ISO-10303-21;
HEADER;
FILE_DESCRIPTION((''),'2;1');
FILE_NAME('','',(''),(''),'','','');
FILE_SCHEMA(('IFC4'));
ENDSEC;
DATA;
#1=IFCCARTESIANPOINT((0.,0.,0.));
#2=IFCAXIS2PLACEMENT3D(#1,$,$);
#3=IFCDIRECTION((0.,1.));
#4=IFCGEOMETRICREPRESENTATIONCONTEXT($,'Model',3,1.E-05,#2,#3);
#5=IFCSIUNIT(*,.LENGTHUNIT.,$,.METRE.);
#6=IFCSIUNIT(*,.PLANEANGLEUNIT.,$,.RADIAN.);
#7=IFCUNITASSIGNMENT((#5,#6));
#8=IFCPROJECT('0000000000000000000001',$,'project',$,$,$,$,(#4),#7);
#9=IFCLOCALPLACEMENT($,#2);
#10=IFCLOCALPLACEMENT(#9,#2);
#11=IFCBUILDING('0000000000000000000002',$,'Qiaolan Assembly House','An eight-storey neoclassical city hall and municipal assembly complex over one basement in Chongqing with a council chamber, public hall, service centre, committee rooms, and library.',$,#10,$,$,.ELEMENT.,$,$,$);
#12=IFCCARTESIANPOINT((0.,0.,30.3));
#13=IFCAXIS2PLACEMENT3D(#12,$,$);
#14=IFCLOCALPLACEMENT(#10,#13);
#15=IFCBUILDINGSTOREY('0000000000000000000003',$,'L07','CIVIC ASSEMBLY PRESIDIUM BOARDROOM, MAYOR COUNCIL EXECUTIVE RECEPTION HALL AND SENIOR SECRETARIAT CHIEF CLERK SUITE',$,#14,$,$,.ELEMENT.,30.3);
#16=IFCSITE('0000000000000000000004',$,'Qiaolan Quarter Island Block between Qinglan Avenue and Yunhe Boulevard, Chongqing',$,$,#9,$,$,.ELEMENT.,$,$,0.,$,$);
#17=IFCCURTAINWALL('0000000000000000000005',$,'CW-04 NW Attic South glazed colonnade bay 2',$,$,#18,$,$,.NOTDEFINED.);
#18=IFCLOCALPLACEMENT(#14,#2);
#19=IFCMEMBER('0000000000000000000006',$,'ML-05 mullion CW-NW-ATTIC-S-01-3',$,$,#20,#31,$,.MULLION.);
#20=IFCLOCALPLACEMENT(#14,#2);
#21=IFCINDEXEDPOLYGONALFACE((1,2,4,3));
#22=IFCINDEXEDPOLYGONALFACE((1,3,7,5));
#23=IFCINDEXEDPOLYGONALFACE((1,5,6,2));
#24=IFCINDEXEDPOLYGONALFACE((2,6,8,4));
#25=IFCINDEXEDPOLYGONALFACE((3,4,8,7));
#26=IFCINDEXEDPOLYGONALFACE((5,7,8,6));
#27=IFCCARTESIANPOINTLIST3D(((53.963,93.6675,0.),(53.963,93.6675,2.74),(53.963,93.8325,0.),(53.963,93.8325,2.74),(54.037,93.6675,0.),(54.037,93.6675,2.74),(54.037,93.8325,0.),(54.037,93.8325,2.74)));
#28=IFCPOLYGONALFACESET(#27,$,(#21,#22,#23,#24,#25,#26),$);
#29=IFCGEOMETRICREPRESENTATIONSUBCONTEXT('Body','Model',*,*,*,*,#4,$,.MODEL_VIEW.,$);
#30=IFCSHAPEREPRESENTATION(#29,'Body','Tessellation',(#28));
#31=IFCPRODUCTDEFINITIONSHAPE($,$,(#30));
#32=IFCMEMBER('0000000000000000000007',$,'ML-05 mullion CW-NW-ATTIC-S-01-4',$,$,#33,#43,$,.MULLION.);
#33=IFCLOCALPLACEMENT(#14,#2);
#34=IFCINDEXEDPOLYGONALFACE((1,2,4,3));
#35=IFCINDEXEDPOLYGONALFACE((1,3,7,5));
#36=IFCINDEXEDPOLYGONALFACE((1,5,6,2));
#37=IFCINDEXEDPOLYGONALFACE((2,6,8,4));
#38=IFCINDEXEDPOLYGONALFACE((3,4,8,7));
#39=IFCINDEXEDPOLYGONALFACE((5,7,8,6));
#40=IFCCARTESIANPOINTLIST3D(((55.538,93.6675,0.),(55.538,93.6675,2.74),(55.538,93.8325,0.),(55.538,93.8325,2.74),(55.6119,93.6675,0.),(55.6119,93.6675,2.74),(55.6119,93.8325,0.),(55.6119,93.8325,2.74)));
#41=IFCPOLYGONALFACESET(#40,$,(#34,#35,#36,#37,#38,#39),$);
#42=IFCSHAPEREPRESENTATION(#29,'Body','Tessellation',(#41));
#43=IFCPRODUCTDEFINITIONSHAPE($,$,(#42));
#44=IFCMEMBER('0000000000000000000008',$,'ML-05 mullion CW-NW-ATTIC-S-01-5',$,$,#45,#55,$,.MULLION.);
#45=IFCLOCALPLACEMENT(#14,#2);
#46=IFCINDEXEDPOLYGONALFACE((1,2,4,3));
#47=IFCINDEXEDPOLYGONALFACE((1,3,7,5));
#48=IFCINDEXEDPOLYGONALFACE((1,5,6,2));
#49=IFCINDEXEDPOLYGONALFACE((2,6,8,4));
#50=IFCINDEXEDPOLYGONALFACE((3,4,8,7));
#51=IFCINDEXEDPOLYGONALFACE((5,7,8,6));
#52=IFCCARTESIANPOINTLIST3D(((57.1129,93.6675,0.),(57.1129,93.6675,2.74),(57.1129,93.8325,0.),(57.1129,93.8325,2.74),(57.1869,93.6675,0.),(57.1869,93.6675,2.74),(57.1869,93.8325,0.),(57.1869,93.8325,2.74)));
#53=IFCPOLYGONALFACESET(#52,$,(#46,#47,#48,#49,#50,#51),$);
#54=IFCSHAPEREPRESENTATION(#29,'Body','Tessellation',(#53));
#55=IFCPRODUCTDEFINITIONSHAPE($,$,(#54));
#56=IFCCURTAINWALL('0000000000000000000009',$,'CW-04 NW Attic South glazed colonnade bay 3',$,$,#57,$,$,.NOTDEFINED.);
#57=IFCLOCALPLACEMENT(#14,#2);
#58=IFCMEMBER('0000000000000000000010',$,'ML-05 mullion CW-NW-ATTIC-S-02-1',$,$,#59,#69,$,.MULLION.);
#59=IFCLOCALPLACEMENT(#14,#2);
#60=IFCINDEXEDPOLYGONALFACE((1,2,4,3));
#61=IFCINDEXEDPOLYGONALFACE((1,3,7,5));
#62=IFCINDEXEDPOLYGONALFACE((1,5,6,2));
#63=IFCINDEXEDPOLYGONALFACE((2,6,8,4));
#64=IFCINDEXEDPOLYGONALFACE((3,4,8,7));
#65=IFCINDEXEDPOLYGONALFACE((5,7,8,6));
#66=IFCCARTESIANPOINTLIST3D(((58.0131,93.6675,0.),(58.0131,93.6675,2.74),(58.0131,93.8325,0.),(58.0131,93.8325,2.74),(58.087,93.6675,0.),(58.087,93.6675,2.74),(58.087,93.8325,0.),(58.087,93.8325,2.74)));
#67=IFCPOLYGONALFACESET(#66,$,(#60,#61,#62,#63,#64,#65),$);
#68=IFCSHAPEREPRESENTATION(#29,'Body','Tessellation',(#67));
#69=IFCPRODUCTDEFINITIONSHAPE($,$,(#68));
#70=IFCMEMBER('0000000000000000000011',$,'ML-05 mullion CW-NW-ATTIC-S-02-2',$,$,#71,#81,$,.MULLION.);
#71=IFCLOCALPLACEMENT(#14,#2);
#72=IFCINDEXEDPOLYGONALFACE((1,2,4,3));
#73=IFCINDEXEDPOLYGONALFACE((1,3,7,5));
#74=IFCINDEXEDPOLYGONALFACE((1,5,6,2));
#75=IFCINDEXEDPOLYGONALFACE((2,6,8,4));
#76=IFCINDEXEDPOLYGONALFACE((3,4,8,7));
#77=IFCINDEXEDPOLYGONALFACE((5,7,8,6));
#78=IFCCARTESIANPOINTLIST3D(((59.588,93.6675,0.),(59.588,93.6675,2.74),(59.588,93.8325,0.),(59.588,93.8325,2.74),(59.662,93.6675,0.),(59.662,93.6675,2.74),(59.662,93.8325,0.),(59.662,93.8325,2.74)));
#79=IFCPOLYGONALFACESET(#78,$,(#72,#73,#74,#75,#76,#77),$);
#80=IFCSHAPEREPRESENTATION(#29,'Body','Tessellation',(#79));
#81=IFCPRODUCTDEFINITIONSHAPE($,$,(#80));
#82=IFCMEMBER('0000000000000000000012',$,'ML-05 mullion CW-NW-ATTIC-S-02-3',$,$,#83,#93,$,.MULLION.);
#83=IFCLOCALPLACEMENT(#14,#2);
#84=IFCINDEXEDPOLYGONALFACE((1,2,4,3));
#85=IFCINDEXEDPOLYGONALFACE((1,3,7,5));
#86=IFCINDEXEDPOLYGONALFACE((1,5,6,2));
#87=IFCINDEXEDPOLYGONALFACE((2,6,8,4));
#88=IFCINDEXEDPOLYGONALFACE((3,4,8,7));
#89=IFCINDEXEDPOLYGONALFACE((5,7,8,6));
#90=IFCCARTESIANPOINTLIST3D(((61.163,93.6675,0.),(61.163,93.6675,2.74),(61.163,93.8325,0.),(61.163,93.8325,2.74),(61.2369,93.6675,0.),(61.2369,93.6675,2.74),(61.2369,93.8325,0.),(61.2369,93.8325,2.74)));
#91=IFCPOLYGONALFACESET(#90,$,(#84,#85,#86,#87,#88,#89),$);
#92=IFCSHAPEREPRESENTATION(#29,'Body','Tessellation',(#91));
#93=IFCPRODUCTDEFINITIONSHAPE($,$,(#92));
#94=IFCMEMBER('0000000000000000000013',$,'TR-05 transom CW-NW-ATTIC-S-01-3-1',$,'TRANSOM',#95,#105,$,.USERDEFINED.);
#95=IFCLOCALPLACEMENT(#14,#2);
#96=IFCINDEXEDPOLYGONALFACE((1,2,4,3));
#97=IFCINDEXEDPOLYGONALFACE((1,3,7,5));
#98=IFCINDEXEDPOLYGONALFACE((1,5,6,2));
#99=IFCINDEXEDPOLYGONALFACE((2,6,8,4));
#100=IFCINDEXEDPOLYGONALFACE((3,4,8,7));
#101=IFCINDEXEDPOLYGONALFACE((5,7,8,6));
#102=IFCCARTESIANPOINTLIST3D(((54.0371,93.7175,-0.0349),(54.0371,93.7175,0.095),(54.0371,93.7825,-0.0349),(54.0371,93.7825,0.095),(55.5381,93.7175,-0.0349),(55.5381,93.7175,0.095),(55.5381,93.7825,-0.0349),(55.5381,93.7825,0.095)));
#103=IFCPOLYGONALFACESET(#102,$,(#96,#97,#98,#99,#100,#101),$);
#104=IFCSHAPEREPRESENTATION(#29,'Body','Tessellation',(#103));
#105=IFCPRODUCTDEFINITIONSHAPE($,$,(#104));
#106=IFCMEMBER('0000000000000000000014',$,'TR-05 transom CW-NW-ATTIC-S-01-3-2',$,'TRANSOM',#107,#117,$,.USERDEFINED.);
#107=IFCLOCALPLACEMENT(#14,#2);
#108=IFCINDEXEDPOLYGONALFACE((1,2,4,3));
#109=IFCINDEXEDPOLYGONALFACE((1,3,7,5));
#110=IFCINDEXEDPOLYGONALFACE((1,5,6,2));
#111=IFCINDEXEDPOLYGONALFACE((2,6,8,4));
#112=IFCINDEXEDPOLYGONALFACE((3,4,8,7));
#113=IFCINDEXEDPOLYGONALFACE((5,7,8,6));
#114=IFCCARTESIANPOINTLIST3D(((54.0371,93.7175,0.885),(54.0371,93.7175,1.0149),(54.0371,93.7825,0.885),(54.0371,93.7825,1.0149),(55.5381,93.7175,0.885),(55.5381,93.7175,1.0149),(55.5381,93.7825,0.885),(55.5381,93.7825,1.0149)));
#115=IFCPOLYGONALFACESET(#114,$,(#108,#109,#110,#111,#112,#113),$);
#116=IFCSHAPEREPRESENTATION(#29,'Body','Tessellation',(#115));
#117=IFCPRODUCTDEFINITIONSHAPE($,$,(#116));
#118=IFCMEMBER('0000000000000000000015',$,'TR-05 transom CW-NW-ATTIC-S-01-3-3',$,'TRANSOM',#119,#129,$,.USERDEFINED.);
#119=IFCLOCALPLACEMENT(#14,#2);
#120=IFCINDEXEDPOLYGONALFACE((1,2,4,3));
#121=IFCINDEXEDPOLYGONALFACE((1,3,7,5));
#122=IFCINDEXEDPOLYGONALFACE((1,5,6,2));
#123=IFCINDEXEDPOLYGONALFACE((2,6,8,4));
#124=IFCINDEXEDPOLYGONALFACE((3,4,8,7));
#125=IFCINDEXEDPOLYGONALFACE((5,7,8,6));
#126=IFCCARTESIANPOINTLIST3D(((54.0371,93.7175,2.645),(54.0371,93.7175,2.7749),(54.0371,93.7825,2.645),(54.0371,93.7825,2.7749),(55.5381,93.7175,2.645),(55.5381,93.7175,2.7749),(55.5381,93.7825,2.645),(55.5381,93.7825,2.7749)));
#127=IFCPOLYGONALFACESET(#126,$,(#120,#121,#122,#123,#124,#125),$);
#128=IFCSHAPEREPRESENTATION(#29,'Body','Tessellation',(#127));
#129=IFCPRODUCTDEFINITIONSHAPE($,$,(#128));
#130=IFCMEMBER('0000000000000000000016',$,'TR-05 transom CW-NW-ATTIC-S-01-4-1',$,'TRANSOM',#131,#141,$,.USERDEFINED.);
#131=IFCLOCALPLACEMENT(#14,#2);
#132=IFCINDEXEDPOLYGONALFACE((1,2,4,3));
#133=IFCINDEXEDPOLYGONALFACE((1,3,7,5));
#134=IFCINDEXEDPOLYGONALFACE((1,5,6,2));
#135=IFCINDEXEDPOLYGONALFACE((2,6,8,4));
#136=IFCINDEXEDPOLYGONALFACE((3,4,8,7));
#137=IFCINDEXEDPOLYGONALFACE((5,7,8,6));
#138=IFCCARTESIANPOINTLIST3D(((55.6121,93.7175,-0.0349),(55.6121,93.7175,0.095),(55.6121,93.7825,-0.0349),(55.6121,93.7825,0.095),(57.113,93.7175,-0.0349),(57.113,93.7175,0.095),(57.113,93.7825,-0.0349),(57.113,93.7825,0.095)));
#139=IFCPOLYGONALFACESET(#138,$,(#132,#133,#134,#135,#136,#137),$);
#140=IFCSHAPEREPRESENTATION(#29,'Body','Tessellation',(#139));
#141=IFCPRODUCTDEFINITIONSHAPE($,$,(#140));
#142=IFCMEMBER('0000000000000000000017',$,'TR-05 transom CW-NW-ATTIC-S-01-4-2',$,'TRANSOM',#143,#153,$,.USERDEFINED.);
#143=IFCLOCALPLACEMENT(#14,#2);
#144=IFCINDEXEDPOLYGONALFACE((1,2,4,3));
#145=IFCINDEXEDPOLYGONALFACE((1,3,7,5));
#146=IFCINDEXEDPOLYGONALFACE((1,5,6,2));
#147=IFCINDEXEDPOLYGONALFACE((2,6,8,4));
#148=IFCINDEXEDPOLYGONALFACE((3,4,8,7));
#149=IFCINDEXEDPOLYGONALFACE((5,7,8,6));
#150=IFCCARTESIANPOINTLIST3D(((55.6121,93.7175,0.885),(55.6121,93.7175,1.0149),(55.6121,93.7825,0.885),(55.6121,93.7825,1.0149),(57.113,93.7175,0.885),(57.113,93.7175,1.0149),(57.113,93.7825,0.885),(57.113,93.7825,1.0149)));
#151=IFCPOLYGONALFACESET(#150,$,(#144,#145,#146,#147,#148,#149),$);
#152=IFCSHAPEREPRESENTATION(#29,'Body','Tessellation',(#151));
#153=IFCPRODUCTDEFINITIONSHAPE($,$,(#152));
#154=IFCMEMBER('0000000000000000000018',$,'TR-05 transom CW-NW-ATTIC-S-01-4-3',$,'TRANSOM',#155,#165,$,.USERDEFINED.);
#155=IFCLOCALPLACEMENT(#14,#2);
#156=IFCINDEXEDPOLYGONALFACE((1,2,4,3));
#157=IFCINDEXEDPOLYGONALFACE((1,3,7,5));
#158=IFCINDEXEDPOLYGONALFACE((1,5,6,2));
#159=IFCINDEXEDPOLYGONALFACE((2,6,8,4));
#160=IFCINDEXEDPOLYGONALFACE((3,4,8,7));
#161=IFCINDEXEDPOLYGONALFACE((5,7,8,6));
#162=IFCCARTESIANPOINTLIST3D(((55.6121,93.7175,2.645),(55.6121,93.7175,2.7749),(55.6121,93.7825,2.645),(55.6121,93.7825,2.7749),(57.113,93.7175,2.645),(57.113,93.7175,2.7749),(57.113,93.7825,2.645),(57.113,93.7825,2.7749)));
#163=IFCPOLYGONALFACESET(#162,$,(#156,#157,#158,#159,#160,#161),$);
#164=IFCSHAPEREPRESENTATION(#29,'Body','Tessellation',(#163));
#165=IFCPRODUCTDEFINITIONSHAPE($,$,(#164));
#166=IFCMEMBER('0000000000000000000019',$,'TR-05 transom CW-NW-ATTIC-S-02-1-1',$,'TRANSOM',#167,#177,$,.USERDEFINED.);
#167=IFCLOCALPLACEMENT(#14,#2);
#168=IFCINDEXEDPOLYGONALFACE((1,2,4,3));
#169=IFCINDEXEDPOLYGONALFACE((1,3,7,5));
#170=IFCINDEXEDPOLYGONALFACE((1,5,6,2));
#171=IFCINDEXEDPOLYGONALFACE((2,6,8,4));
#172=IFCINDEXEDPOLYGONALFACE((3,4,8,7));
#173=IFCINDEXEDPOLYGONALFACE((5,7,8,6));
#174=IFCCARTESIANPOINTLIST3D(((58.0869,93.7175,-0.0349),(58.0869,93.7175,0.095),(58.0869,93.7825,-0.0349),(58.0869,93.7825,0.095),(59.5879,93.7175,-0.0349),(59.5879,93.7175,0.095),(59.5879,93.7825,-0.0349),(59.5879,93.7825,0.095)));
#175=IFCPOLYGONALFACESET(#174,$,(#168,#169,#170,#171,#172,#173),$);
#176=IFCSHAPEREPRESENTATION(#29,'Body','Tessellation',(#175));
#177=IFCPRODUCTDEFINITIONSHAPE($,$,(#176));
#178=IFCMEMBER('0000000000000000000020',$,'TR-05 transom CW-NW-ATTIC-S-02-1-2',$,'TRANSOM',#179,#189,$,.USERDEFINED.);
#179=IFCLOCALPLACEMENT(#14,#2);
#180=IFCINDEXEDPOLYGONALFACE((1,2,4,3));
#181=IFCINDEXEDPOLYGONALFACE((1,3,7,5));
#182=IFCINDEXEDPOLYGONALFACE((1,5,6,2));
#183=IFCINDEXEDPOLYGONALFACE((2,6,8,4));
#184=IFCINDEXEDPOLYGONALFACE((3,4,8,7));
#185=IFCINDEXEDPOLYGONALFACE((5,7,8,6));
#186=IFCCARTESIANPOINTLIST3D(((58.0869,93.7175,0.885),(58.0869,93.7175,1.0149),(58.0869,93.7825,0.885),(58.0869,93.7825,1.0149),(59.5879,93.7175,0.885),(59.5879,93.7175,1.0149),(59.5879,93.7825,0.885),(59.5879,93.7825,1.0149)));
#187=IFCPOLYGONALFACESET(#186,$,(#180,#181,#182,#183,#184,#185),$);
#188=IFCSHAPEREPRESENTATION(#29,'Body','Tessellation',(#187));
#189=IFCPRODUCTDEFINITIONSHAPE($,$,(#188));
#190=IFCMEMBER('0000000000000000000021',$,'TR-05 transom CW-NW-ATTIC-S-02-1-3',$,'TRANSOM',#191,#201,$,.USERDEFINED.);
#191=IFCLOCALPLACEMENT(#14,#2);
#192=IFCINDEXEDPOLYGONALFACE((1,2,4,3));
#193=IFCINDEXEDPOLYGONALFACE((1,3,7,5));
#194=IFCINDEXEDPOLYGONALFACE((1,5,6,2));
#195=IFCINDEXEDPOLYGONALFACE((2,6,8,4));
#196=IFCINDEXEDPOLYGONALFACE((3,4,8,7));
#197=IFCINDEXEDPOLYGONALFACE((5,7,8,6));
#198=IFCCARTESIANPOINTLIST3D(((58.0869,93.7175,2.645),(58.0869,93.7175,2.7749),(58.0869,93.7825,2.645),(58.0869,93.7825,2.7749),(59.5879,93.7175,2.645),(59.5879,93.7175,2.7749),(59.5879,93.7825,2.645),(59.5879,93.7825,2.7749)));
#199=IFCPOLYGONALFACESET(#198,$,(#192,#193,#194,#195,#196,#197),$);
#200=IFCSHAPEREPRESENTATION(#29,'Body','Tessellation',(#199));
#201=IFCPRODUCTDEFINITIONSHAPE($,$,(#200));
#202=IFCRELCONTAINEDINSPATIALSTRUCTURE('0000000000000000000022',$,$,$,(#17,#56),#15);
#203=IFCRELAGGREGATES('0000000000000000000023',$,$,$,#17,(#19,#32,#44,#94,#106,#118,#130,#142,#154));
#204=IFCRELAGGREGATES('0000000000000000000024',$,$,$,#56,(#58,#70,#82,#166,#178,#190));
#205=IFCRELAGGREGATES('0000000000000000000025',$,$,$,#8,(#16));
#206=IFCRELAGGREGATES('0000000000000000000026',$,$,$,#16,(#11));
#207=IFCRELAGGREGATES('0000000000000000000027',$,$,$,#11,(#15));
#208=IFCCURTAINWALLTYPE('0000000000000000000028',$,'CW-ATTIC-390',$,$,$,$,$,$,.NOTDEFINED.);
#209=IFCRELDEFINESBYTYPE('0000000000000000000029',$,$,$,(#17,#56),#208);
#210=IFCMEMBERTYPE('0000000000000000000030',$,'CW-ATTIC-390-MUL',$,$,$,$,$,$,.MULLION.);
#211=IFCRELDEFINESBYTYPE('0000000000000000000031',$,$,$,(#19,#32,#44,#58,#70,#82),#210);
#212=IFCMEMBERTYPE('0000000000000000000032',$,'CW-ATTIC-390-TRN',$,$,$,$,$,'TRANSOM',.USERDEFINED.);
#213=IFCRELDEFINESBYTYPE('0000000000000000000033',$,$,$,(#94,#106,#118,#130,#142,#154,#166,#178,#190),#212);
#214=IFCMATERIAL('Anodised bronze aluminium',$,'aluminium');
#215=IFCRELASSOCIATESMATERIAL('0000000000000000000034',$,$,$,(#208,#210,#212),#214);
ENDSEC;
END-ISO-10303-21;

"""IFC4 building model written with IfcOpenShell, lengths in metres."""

from ifc_helpers import new_model, si_unit, direction, frame, origin, origin_2d, place, context, subcontext, project, spatial, rectangle, extrude, material, material_profile, profile_set, type_object, element, aggregate, save


model = new_model("IFC4")

# Units and contexts
model_context = context("Model", 3, precision=1e-05, world=origin(), true_north=direction((0.0, 1.0)))
body_context = subcontext(model_context, "Body", "Model", "MODEL_VIEW")
ifc_project = project(units=[si_unit("LENGTHUNIT", "METRE"), si_unit("PLANEANGLEUNIT", "RADIAN")], contexts=[model_context])

# Site, building, storey
site_placement = place(None, origin())
site = spatial("IfcSite", under=ifc_project, at=site_placement, Name="Qiaolan Quarter Island Block between Qinglan Avenue and Yunhe Boulevard, Chongqing", CompositionType="ELEMENT", RefElevation=0.0)
building_placement = place(site_placement, origin())
building = spatial("IfcBuilding", under=site, at=building_placement, Name="Qiaolan Assembly House", Description="An eight-storey neoclassical city hall and municipal assembly complex over one basement in Chongqing with a council chamber, public hall, service centre, committee rooms, and library.", CompositionType="ELEMENT")
storey_placement = place(building_placement, frame((0.0, 0.0, 30.3)))
storey = spatial("IfcBuildingStorey", under=building, at=storey_placement, Name="L07", Description="CIVIC ASSEMBLY PRESIDIUM BOARDROOM, MAYOR COUNCIL EXECUTIVE RECEPTION HALL AND SENIOR SECRETARIAT CHIEF CLERK SUITE", CompositionType="ELEMENT", Elevation=30.3)

# Curtain walls, members
ifc_material_1 = material(Name="Anodised bronze aluminium", Category="aluminium")
curtain_wall_type = type_object("IfcCurtainWallType", Name="CW-ATTIC-390", PredefinedType="NOTDEFINED", material=ifc_material_1)
curtain_wall_1_placement = place(storey_placement, origin())
curtain_wall_1 = element("IfcCurtainWall", 1, at=curtain_wall_1_placement, inside=storey, type_object=curtain_wall_type, Name="CW-04 NW Attic South glazed colonnade bay 2", PredefinedType="NOTDEFINED")
ifc_material_profile_1 = material_profile(ifc_material_1, rectangle(XDim=0.074, YDim=0.165, at=origin_2d()), Name="MUL 74x165")
ifc_profile_set_1 = profile_set([ifc_material_profile_1], Name="Anodised bronze aluminium")
member_type_1 = type_object("IfcMemberType", Name="CW-ATTIC-390-MUL", PredefinedType="MULLION", material=ifc_profile_set_1)
member_1_placement = place(storey_placement, frame((54.0, 93.75, 0.0), z_axis=(0.0, 0.0, 1.0), x_axis=(1.0, 0.0, 0.0)))
member_1 = element("IfcMember", 2, at=member_1_placement, type_object=member_type_1, Name="ML-05 mullion CW-NW-ATTIC-S-01-3", PredefinedType="MULLION", context=body_context, shape_type="SweptSolid", body=[
    extrude(rectangle(XDim=0.074, YDim=0.165, at=origin_2d()), origin(), (0.0, 0.0, 1.0), 2.74),
])
member_2_placement = place(storey_placement, frame((55.575, 93.75, 0.0), z_axis=(0.0, 0.0, 1.0), x_axis=(1.0, 0.0, 0.0)))
member_2 = element("IfcMember", 3, at=member_2_placement, type_object=member_type_1, Name="ML-05 mullion CW-NW-ATTIC-S-01-4", PredefinedType="MULLION", context=body_context, shape_type="SweptSolid", body=[
    extrude(rectangle(XDim=0.074, YDim=0.165, at=origin_2d()), origin(), (0.0, 0.0, 1.0), 2.74),
])
member_3_placement = place(storey_placement, frame((57.1499, 93.75, 0.0), z_axis=(0.0, 0.0, 1.0), x_axis=(1.0, 0.0, 0.0)))
member_3 = element("IfcMember", 4, at=member_3_placement, type_object=member_type_1, Name="ML-05 mullion CW-NW-ATTIC-S-01-5", PredefinedType="MULLION", context=body_context, shape_type="SweptSolid", body=[
    extrude(rectangle(XDim=0.074, YDim=0.165, at=origin_2d()), origin(), (0.0, 0.0, 1.0), 2.74),
])
curtain_wall_2_placement = place(storey_placement, origin())
curtain_wall_2 = element("IfcCurtainWall", 5, at=curtain_wall_2_placement, inside=storey, type_object=curtain_wall_type, Name="CW-04 NW Attic South glazed colonnade bay 3", PredefinedType="NOTDEFINED")
member_4_placement = place(storey_placement, frame((58.05, 93.75, 0.0), z_axis=(0.0, 0.0, 1.0), x_axis=(1.0, 0.0, 0.0)))
member_4 = element("IfcMember", 6, at=member_4_placement, type_object=member_type_1, Name="ML-05 mullion CW-NW-ATTIC-S-02-1", PredefinedType="MULLION", context=body_context, shape_type="SweptSolid", body=[
    extrude(rectangle(XDim=0.074, YDim=0.165, at=origin_2d()), origin(), (0.0, 0.0, 1.0), 2.74),
])
member_5_placement = place(storey_placement, frame((59.625, 93.75, 0.0), z_axis=(0.0, 0.0, 1.0), x_axis=(1.0, 0.0, 0.0)))
member_5 = element("IfcMember", 7, at=member_5_placement, type_object=member_type_1, Name="ML-05 mullion CW-NW-ATTIC-S-02-2", PredefinedType="MULLION", context=body_context, shape_type="SweptSolid", body=[
    extrude(rectangle(XDim=0.074, YDim=0.165, at=origin_2d()), origin(), (0.0, 0.0, 1.0), 2.74),
])
member_6_placement = place(storey_placement, frame((61.2, 93.75, 0.0), z_axis=(0.0, 0.0, 1.0), x_axis=(1.0, 0.0, 0.0)))
member_6 = element("IfcMember", 8, at=member_6_placement, type_object=member_type_1, Name="ML-05 mullion CW-NW-ATTIC-S-02-3", PredefinedType="MULLION", context=body_context, shape_type="SweptSolid", body=[
    extrude(rectangle(XDim=0.074, YDim=0.165, at=origin_2d()), origin(), (0.0, 0.0, 1.0), 2.74),
])

# Members
ifc_material_profile_2 = material_profile(ifc_material_1, rectangle(XDim=0.0649, YDim=0.1299, at=origin_2d()), Name="TRN 65x130")
ifc_profile_set_2 = profile_set([ifc_material_profile_2], Name="Anodised bronze aluminium")
member_type_2 = type_object("IfcMemberType", Name="CW-ATTIC-390-TRN", ElementType="TRANSOM", PredefinedType="USERDEFINED", material=ifc_profile_set_2)
member_7_placement = place(storey_placement, frame((54.0371, 93.75, 0.03), z_axis=(1.0, 0.0, 0.0), x_axis=(0.0, 1.0, 0.0)))
member_7 = element("IfcMember", 9, at=member_7_placement, type_object=member_type_2, Name="TR-05 transom CW-NW-ATTIC-S-01-3-1", ObjectType="TRANSOM", PredefinedType="USERDEFINED", context=body_context, shape_type="SweptSolid", body=[
    extrude(rectangle(XDim=0.0649, YDim=0.1299, at=origin_2d()), origin(), (0.0, 0.0, 1.0), 1.501),
])
member_8_placement = place(storey_placement, frame((54.0371, 93.75, 0.95), z_axis=(1.0, 0.0, 0.0), x_axis=(0.0, 1.0, 0.0)))
member_8 = element("IfcMember", 10, at=member_8_placement, type_object=member_type_2, Name="TR-05 transom CW-NW-ATTIC-S-01-3-2", ObjectType="TRANSOM", PredefinedType="USERDEFINED", context=body_context, shape_type="SweptSolid", body=[
    extrude(rectangle(XDim=0.0649, YDim=0.1299, at=origin_2d()), origin(), (0.0, 0.0, 1.0), 1.501),
])
member_9_placement = place(storey_placement, frame((54.0371, 93.75, 2.71), z_axis=(1.0, 0.0, 0.0), x_axis=(0.0, 1.0, 0.0)))
member_9 = element("IfcMember", 11, at=member_9_placement, type_object=member_type_2, Name="TR-05 transom CW-NW-ATTIC-S-01-3-3", ObjectType="TRANSOM", PredefinedType="USERDEFINED", context=body_context, shape_type="SweptSolid", body=[
    extrude(rectangle(XDim=0.0649, YDim=0.1299, at=origin_2d()), origin(), (0.0, 0.0, 1.0), 1.501),
])
member_10_placement = place(storey_placement, frame((55.6121, 93.75, 0.03), z_axis=(1.0, 0.0, 0.0), x_axis=(0.0, 1.0, 0.0)))
member_10 = element("IfcMember", 12, at=member_10_placement, type_object=member_type_2, Name="TR-05 transom CW-NW-ATTIC-S-01-4-1", ObjectType="TRANSOM", PredefinedType="USERDEFINED", context=body_context, shape_type="SweptSolid", body=[
    extrude(rectangle(XDim=0.0649, YDim=0.1299, at=origin_2d()), origin(), (0.0, 0.0, 1.0), 1.501),
])
member_11_placement = place(storey_placement, frame((55.6121, 93.75, 0.95), z_axis=(1.0, 0.0, 0.0), x_axis=(0.0, 1.0, 0.0)))
member_11 = element("IfcMember", 13, at=member_11_placement, type_object=member_type_2, Name="TR-05 transom CW-NW-ATTIC-S-01-4-2", ObjectType="TRANSOM", PredefinedType="USERDEFINED", context=body_context, shape_type="SweptSolid", body=[
    extrude(rectangle(XDim=0.0649, YDim=0.1299, at=origin_2d()), origin(), (0.0, 0.0, 1.0), 1.501),
])
member_12_placement = place(storey_placement, frame((55.6121, 93.75, 2.71), z_axis=(1.0, 0.0, 0.0), x_axis=(0.0, 1.0, 0.0)))
member_12 = element("IfcMember", 14, at=member_12_placement, type_object=member_type_2, Name="TR-05 transom CW-NW-ATTIC-S-01-4-3", ObjectType="TRANSOM", PredefinedType="USERDEFINED", context=body_context, shape_type="SweptSolid", body=[
    extrude(rectangle(XDim=0.0649, YDim=0.1299, at=origin_2d()), origin(), (0.0, 0.0, 1.0), 1.501),
])
member_13_placement = place(storey_placement, frame((58.0869, 93.75, 0.03), z_axis=(1.0, 0.0, 0.0), x_axis=(0.0, 1.0, 0.0)))
member_13 = element("IfcMember", 15, at=member_13_placement, type_object=member_type_2, Name="TR-05 transom CW-NW-ATTIC-S-02-1-1", ObjectType="TRANSOM", PredefinedType="USERDEFINED", context=body_context, shape_type="SweptSolid", body=[
    extrude(rectangle(XDim=0.0649, YDim=0.1299, at=origin_2d()), origin(), (0.0, 0.0, 1.0), 1.501),
])
member_14_placement = place(storey_placement, frame((58.0869, 93.75, 0.95), z_axis=(1.0, 0.0, 0.0), x_axis=(0.0, 1.0, 0.0)))
member_14 = element("IfcMember", 16, at=member_14_placement, type_object=member_type_2, Name="TR-05 transom CW-NW-ATTIC-S-02-1-2", ObjectType="TRANSOM", PredefinedType="USERDEFINED", context=body_context, shape_type="SweptSolid", body=[
    extrude(rectangle(XDim=0.0649, YDim=0.1299, at=origin_2d()), origin(), (0.0, 0.0, 1.0), 1.501),
])
member_15_placement = place(storey_placement, frame((58.0869, 93.75, 2.71), z_axis=(1.0, 0.0, 0.0), x_axis=(0.0, 1.0, 0.0)))
member_15 = element("IfcMember", 17, at=member_15_placement, type_object=member_type_2, Name="TR-05 transom CW-NW-ATTIC-S-02-1-3", ObjectType="TRANSOM", PredefinedType="USERDEFINED", context=body_context, shape_type="SweptSolid", body=[
    extrude(rectangle(XDim=0.0649, YDim=0.1299, at=origin_2d()), origin(), (0.0, 0.0, 1.0), 1.501),
])

aggregate(curtain_wall_1, [member_1, member_2, member_3, member_7, member_8, member_9, member_10, member_11, member_12])
aggregate(curtain_wall_2, [member_4, member_5, member_6, member_13, member_14, member_15])

save(model, "model.ifc")
